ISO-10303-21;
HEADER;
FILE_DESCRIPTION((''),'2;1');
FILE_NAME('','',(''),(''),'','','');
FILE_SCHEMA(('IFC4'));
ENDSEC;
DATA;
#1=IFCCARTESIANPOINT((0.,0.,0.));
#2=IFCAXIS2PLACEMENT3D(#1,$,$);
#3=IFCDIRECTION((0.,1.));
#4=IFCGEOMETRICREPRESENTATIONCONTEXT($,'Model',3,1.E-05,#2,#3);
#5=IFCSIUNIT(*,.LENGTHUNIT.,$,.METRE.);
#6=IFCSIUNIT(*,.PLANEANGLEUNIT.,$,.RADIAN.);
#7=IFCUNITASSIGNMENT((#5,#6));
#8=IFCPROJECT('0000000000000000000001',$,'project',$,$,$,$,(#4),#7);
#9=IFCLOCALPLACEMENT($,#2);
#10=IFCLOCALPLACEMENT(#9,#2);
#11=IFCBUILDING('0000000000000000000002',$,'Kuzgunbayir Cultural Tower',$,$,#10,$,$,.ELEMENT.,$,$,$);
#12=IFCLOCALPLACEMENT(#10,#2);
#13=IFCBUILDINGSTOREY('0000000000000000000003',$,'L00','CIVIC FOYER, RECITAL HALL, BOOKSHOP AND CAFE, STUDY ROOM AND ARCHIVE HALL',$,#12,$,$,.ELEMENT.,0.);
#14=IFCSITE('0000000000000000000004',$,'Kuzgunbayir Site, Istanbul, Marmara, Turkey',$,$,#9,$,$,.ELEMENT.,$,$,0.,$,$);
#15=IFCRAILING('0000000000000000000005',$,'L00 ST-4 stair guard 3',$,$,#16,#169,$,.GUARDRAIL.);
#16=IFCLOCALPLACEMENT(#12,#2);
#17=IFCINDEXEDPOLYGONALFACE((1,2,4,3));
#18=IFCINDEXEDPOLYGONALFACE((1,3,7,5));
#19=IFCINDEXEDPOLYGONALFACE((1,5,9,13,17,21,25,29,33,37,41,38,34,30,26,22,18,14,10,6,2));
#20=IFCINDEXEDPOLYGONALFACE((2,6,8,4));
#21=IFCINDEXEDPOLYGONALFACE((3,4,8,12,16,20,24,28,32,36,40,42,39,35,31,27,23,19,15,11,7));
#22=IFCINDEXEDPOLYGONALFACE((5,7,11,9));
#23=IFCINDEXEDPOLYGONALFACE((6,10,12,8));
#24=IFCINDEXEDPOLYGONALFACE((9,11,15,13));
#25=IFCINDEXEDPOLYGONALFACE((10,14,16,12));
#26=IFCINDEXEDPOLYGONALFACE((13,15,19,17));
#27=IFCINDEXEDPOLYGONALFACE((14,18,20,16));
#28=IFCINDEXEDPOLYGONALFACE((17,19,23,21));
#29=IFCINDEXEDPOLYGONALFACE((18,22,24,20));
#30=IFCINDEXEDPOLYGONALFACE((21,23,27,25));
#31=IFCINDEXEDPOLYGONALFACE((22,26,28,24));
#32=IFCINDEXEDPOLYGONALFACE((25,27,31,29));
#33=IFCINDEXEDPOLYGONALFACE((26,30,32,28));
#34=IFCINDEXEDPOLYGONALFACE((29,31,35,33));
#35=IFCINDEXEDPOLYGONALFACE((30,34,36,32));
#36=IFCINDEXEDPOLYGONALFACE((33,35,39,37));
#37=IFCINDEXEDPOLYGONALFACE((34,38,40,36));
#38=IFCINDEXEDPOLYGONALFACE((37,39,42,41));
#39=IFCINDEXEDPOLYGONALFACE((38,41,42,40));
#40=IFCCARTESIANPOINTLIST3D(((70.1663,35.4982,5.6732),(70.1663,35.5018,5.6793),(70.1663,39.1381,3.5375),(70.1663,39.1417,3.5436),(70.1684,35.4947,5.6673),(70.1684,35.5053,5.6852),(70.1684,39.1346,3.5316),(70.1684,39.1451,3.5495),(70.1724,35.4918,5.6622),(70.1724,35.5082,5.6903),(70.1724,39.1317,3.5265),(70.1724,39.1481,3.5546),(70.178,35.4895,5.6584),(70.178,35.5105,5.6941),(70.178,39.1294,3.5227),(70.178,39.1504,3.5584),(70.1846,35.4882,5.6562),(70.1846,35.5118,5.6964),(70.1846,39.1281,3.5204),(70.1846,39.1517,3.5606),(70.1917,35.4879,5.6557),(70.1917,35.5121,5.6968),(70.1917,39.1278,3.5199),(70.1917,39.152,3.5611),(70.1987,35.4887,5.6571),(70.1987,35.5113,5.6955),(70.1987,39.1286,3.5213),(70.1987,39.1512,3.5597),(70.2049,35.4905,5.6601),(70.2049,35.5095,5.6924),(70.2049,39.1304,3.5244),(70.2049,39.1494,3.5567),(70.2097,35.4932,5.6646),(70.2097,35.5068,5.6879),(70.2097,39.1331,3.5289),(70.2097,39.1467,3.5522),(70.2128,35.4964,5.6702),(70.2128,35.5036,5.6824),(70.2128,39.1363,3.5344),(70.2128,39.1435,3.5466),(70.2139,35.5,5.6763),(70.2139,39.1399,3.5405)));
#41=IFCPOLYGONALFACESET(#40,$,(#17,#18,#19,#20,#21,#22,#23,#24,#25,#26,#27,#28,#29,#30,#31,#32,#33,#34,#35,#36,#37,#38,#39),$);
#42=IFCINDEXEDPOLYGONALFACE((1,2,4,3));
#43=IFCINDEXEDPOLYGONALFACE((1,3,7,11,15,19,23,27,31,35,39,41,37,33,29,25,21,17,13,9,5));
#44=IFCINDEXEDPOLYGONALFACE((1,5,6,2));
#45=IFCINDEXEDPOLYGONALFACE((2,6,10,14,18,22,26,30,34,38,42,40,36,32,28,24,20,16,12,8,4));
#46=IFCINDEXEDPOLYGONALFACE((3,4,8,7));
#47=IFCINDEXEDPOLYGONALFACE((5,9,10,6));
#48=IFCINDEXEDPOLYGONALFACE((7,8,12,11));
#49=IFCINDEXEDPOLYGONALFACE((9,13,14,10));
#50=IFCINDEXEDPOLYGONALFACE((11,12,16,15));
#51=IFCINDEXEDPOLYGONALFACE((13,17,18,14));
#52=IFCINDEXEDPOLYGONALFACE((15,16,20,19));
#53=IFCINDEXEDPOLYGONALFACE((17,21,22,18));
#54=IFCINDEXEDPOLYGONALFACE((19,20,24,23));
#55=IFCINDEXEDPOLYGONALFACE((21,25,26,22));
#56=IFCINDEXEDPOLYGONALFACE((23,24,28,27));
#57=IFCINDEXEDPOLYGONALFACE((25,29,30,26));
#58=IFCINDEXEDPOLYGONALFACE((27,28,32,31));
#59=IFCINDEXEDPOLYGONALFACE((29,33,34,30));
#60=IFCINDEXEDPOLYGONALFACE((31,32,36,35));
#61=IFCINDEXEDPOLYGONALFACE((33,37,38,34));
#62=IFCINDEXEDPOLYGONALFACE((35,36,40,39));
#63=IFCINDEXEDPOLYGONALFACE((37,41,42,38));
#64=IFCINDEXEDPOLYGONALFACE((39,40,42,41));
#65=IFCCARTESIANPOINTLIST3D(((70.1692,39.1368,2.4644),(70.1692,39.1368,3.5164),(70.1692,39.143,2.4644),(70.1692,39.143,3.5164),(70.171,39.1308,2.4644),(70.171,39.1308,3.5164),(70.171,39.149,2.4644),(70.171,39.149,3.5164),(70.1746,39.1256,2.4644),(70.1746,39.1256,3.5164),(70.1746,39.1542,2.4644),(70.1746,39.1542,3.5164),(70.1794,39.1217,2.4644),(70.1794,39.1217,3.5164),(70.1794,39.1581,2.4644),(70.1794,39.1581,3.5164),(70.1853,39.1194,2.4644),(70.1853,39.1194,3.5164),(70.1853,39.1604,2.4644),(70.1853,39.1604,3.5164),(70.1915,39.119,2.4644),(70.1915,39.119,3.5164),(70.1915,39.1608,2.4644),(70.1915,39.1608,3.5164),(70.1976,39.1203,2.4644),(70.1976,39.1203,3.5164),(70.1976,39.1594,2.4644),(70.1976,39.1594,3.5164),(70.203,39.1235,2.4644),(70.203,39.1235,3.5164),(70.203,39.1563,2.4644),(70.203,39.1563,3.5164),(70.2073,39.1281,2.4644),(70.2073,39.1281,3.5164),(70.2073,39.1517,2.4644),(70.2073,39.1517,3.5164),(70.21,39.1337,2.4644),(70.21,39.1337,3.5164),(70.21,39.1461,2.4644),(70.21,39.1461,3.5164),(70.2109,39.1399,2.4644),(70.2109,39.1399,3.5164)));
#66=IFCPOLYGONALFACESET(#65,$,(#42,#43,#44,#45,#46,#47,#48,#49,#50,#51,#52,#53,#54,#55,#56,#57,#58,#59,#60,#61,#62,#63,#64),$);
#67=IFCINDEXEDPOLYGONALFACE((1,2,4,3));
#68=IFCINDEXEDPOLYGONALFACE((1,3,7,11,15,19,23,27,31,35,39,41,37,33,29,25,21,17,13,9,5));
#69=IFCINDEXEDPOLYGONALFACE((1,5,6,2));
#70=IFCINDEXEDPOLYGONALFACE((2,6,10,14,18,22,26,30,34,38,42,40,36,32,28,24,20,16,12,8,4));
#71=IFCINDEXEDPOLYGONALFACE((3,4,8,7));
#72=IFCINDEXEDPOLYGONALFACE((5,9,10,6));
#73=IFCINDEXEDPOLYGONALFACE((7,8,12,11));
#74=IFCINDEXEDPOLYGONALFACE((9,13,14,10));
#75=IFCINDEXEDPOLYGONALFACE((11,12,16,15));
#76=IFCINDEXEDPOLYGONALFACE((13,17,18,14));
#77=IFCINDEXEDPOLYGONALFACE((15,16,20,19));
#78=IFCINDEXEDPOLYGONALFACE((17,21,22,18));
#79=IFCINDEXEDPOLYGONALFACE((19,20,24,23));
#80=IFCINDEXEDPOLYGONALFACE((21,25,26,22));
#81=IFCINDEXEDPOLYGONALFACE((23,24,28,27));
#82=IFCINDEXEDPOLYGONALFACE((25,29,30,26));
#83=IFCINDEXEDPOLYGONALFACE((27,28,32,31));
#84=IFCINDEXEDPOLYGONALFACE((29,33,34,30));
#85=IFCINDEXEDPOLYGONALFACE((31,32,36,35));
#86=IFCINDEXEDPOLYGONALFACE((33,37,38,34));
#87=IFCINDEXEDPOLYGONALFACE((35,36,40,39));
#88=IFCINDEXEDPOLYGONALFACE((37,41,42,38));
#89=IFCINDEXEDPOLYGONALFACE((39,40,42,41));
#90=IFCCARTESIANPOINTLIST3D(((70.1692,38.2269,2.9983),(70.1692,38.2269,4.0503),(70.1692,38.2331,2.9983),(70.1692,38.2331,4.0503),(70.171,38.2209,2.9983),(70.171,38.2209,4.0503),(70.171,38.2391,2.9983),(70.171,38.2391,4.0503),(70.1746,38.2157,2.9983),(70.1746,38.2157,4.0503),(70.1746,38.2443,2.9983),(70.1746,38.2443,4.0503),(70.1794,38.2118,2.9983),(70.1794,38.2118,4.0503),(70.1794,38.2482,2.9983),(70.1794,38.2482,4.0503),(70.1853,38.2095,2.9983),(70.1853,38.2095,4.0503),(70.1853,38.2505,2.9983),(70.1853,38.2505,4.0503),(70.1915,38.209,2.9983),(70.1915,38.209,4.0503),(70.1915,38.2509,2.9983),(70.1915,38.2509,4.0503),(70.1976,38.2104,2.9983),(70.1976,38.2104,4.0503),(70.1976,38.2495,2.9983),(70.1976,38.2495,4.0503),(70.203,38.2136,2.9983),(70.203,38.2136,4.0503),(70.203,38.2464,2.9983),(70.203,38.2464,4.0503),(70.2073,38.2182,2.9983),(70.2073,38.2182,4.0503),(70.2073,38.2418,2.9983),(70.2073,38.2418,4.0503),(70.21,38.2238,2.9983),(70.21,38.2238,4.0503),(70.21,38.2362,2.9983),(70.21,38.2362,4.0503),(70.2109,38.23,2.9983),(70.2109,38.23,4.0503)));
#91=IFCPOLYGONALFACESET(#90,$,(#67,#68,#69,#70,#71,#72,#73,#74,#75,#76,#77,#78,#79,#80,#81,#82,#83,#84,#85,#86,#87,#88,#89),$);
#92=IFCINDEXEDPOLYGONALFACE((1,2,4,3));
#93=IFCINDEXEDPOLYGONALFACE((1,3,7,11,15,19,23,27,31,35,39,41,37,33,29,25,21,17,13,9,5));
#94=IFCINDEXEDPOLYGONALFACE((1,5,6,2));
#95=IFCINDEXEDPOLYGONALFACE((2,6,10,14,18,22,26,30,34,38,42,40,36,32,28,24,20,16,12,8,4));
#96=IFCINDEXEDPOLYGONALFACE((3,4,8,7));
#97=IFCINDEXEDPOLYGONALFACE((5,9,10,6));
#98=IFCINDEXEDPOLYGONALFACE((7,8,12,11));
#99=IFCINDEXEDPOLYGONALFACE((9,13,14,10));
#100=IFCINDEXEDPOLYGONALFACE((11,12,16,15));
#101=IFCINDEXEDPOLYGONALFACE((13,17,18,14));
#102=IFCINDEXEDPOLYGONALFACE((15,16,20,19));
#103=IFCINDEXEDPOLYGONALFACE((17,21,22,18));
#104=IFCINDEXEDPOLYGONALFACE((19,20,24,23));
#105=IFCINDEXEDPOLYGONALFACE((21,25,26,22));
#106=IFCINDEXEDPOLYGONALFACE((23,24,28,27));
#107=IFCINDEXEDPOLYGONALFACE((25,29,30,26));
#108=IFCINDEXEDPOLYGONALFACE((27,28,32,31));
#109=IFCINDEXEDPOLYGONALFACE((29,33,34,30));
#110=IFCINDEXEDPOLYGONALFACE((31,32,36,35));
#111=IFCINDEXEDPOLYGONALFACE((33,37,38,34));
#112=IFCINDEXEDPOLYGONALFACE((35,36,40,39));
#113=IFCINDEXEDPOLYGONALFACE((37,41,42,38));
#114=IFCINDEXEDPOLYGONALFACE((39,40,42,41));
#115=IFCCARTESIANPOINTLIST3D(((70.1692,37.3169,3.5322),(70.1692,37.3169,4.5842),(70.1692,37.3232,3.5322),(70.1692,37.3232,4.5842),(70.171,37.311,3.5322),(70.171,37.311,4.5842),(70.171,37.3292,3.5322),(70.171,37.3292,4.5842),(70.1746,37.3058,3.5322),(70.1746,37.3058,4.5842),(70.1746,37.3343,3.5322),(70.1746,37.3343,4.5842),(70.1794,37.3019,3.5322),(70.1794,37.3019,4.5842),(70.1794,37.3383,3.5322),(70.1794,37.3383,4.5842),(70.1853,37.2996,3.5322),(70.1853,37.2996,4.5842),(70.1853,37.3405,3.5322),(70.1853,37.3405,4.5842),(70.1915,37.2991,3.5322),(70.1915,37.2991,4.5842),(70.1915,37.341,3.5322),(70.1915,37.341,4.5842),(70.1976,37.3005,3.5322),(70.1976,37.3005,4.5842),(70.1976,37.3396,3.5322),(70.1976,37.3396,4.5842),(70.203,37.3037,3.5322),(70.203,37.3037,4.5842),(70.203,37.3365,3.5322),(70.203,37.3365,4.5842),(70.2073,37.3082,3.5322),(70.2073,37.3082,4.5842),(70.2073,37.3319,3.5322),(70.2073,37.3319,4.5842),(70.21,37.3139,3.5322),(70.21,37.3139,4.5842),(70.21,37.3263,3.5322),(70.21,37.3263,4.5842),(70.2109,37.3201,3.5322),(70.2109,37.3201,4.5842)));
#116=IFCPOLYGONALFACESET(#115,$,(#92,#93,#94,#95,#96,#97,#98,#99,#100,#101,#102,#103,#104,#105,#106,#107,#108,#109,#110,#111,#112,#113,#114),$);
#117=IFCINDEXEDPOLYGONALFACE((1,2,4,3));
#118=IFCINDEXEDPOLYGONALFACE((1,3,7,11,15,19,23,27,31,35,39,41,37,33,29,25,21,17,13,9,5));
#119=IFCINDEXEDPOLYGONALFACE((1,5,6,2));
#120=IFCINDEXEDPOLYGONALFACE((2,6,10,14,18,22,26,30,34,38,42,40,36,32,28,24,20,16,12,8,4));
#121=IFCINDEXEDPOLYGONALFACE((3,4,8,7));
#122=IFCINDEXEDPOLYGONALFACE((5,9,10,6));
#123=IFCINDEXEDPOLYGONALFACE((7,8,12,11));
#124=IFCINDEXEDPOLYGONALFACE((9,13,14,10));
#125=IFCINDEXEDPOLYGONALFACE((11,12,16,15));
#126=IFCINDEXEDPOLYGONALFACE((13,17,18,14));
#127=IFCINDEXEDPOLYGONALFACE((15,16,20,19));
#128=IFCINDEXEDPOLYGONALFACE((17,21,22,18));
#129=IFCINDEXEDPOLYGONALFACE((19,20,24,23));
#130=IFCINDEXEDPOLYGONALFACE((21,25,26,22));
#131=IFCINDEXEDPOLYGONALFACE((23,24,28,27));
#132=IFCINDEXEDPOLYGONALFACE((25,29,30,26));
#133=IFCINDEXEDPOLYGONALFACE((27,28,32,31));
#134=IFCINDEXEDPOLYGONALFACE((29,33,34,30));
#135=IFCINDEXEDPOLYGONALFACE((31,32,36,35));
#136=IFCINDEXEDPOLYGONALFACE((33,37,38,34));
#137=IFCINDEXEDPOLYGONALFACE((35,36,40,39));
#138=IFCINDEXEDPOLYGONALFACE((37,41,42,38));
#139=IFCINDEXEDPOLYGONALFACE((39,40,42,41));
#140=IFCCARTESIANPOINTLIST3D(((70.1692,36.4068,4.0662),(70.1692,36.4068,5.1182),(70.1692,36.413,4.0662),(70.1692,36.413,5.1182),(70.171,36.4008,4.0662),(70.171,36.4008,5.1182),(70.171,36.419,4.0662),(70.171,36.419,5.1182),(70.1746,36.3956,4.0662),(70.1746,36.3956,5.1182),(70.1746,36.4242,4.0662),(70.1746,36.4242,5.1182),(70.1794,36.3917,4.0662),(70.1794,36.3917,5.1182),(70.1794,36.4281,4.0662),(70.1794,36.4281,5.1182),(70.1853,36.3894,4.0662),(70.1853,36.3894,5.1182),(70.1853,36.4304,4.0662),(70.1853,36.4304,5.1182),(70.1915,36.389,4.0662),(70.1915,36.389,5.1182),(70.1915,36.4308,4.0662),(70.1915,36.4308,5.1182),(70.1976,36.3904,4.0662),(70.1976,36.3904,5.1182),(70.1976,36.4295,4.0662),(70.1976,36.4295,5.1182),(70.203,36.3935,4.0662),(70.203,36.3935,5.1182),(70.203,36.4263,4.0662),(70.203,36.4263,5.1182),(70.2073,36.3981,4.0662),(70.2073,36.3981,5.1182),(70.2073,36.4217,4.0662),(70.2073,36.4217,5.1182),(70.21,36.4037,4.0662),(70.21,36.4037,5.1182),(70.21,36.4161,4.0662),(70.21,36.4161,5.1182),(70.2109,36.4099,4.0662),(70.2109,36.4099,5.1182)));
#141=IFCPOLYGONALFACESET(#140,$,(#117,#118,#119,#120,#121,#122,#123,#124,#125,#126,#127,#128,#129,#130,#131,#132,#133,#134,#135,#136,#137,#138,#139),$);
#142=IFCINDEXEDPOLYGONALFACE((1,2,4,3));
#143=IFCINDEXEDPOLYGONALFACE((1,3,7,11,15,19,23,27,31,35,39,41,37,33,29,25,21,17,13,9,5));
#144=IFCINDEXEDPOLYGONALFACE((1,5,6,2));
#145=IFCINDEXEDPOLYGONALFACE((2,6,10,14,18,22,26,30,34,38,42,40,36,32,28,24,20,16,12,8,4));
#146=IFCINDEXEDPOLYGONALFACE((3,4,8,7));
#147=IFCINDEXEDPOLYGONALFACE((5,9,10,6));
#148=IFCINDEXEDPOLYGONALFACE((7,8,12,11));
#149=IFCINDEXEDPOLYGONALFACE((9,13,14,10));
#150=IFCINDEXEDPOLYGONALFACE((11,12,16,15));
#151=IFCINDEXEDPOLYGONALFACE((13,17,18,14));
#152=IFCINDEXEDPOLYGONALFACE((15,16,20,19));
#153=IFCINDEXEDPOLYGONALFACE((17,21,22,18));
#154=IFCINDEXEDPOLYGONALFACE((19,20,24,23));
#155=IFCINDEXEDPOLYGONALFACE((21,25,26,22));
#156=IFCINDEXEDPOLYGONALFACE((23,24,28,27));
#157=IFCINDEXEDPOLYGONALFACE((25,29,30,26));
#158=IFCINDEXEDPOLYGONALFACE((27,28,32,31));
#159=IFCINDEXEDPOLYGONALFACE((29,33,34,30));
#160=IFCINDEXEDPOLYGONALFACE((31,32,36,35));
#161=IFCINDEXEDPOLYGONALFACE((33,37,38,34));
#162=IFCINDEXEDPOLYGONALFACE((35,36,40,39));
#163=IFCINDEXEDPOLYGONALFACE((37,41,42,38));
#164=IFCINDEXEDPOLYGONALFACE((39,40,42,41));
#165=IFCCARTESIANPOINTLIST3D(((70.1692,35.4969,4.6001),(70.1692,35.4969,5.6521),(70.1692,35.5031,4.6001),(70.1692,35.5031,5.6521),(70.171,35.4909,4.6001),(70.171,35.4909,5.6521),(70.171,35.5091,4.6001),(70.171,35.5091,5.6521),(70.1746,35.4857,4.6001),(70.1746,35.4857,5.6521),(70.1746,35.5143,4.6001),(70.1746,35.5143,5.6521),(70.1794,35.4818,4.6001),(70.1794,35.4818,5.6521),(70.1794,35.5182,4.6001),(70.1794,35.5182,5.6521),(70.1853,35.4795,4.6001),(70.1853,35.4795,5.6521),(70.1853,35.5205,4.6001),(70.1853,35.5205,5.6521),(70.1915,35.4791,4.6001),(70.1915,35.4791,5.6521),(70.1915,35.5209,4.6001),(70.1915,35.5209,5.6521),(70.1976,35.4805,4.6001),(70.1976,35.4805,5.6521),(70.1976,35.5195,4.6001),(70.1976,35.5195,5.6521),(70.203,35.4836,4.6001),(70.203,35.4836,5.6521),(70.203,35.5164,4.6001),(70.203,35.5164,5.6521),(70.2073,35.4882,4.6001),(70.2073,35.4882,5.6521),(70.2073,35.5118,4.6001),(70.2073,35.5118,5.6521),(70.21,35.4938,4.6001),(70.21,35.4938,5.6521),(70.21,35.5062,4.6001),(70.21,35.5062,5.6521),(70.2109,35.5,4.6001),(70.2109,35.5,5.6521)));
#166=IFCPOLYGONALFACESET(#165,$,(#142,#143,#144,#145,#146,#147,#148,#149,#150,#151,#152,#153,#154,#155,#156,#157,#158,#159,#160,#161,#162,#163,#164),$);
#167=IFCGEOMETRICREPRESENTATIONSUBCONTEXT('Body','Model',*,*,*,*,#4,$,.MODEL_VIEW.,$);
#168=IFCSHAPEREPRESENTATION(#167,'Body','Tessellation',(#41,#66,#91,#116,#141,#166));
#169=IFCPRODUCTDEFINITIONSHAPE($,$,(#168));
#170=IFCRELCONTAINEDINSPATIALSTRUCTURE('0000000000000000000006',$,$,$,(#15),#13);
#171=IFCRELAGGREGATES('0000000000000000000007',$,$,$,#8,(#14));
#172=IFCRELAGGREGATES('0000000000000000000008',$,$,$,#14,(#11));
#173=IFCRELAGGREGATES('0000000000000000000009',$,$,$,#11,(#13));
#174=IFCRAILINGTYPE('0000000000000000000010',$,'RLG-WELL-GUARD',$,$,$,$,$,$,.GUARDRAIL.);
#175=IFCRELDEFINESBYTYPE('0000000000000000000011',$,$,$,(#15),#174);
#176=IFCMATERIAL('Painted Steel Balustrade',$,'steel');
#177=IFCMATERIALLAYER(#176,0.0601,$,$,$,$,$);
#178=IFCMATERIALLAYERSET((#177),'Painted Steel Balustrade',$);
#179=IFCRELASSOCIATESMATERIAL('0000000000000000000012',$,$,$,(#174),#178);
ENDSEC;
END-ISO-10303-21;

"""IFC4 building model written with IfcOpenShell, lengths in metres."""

from ifc_helpers import new_model, si_unit, direction, frame, origin, origin_2d, place, context, subcontext, project, spatial, circle, extrude, material, layer, layer_set, type_object, element, save


model = new_model("IFC4")

# Units and contexts
model_context = context("Model", 3, precision=1e-05, world=origin(), true_north=direction((0.0, 1.0)))
body_context = subcontext(model_context, "Body", "Model", "MODEL_VIEW")
ifc_project = project(units=[si_unit("LENGTHUNIT", "METRE"), si_unit("PLANEANGLEUNIT", "RADIAN")], contexts=[model_context])

# Site, building, storey
site_placement = place(None, origin())
site = spatial("IfcSite", under=ifc_project, at=site_placement, Name="Kuzgunbayir Site, Istanbul, Marmara, Turkey", CompositionType="ELEMENT", RefElevation=0.0)
building_placement = place(site_placement, origin())
building = spatial("IfcBuilding", under=site, at=building_placement, Name="Kuzgunbayir Cultural Tower", CompositionType="ELEMENT")
storey_placement = place(building_placement, origin())
storey = spatial("IfcBuildingStorey", under=building, at=storey_placement, Name="L00", Description="CIVIC FOYER, RECITAL HALL, BOOKSHOP AND CAFE, STUDY ROOM AND ARCHIVE HALL", CompositionType="ELEMENT", Elevation=0.0)

# Railing
ifc_material_1 = material(Name="Painted Steel Balustrade", Category="steel")
ifc_layer_1 = layer(ifc_material_1, 0.0601)
ifc_layer_set_1 = layer_set([ifc_layer_1], Name="Painted Steel Balustrade")
railing_type_1 = type_object("IfcRailingType", Name="RLG-WELL-GUARD", PredefinedType="GUARDRAIL", material=ifc_layer_set_1)
railing_1_placement = place(storey_placement, frame((70.1899, 39.1399, 2.4644)))
element("IfcRailing", 1, at=railing_1_placement, inside=storey, type_object=railing_type_1, Name="L00 ST-4 stair guard 3", PredefinedType="GUARDRAIL", context=body_context, shape_type="SweptSolid", body=[
    extrude(circle(Radius=0.0239, at=origin_2d()), frame((0.0, 0.0, 1.0762), z_axis=(0.0, -0.86249, 0.506074), x_axis=(1.0, 0.0, 0.0)), (0.0, 0.0, 1.0), 4.2202),
    extrude(circle(Radius=0.021, at=origin_2d()), origin(), (0.0, 0.0, 1.0), 1.052),
    extrude(circle(Radius=0.021, at=origin_2d()), frame((0.0, -0.9099, 0.5339)), (0.0, 0.0, 1.0), 1.052),
    extrude(circle(Radius=0.021, at=origin_2d()), frame((0.0, -1.8198, 1.0679)), (0.0, 0.0, 1.0), 1.052),
    extrude(circle(Radius=0.021, at=origin_2d()), frame((0.0, -2.73, 1.6018)), (0.0, 0.0, 1.0), 1.052),
    extrude(circle(Radius=0.021, at=origin_2d()), frame((0.0, -3.6399, 2.1357)), (0.0, 0.0, 1.0), 1.052),
])

save(model, "model.ifc")
